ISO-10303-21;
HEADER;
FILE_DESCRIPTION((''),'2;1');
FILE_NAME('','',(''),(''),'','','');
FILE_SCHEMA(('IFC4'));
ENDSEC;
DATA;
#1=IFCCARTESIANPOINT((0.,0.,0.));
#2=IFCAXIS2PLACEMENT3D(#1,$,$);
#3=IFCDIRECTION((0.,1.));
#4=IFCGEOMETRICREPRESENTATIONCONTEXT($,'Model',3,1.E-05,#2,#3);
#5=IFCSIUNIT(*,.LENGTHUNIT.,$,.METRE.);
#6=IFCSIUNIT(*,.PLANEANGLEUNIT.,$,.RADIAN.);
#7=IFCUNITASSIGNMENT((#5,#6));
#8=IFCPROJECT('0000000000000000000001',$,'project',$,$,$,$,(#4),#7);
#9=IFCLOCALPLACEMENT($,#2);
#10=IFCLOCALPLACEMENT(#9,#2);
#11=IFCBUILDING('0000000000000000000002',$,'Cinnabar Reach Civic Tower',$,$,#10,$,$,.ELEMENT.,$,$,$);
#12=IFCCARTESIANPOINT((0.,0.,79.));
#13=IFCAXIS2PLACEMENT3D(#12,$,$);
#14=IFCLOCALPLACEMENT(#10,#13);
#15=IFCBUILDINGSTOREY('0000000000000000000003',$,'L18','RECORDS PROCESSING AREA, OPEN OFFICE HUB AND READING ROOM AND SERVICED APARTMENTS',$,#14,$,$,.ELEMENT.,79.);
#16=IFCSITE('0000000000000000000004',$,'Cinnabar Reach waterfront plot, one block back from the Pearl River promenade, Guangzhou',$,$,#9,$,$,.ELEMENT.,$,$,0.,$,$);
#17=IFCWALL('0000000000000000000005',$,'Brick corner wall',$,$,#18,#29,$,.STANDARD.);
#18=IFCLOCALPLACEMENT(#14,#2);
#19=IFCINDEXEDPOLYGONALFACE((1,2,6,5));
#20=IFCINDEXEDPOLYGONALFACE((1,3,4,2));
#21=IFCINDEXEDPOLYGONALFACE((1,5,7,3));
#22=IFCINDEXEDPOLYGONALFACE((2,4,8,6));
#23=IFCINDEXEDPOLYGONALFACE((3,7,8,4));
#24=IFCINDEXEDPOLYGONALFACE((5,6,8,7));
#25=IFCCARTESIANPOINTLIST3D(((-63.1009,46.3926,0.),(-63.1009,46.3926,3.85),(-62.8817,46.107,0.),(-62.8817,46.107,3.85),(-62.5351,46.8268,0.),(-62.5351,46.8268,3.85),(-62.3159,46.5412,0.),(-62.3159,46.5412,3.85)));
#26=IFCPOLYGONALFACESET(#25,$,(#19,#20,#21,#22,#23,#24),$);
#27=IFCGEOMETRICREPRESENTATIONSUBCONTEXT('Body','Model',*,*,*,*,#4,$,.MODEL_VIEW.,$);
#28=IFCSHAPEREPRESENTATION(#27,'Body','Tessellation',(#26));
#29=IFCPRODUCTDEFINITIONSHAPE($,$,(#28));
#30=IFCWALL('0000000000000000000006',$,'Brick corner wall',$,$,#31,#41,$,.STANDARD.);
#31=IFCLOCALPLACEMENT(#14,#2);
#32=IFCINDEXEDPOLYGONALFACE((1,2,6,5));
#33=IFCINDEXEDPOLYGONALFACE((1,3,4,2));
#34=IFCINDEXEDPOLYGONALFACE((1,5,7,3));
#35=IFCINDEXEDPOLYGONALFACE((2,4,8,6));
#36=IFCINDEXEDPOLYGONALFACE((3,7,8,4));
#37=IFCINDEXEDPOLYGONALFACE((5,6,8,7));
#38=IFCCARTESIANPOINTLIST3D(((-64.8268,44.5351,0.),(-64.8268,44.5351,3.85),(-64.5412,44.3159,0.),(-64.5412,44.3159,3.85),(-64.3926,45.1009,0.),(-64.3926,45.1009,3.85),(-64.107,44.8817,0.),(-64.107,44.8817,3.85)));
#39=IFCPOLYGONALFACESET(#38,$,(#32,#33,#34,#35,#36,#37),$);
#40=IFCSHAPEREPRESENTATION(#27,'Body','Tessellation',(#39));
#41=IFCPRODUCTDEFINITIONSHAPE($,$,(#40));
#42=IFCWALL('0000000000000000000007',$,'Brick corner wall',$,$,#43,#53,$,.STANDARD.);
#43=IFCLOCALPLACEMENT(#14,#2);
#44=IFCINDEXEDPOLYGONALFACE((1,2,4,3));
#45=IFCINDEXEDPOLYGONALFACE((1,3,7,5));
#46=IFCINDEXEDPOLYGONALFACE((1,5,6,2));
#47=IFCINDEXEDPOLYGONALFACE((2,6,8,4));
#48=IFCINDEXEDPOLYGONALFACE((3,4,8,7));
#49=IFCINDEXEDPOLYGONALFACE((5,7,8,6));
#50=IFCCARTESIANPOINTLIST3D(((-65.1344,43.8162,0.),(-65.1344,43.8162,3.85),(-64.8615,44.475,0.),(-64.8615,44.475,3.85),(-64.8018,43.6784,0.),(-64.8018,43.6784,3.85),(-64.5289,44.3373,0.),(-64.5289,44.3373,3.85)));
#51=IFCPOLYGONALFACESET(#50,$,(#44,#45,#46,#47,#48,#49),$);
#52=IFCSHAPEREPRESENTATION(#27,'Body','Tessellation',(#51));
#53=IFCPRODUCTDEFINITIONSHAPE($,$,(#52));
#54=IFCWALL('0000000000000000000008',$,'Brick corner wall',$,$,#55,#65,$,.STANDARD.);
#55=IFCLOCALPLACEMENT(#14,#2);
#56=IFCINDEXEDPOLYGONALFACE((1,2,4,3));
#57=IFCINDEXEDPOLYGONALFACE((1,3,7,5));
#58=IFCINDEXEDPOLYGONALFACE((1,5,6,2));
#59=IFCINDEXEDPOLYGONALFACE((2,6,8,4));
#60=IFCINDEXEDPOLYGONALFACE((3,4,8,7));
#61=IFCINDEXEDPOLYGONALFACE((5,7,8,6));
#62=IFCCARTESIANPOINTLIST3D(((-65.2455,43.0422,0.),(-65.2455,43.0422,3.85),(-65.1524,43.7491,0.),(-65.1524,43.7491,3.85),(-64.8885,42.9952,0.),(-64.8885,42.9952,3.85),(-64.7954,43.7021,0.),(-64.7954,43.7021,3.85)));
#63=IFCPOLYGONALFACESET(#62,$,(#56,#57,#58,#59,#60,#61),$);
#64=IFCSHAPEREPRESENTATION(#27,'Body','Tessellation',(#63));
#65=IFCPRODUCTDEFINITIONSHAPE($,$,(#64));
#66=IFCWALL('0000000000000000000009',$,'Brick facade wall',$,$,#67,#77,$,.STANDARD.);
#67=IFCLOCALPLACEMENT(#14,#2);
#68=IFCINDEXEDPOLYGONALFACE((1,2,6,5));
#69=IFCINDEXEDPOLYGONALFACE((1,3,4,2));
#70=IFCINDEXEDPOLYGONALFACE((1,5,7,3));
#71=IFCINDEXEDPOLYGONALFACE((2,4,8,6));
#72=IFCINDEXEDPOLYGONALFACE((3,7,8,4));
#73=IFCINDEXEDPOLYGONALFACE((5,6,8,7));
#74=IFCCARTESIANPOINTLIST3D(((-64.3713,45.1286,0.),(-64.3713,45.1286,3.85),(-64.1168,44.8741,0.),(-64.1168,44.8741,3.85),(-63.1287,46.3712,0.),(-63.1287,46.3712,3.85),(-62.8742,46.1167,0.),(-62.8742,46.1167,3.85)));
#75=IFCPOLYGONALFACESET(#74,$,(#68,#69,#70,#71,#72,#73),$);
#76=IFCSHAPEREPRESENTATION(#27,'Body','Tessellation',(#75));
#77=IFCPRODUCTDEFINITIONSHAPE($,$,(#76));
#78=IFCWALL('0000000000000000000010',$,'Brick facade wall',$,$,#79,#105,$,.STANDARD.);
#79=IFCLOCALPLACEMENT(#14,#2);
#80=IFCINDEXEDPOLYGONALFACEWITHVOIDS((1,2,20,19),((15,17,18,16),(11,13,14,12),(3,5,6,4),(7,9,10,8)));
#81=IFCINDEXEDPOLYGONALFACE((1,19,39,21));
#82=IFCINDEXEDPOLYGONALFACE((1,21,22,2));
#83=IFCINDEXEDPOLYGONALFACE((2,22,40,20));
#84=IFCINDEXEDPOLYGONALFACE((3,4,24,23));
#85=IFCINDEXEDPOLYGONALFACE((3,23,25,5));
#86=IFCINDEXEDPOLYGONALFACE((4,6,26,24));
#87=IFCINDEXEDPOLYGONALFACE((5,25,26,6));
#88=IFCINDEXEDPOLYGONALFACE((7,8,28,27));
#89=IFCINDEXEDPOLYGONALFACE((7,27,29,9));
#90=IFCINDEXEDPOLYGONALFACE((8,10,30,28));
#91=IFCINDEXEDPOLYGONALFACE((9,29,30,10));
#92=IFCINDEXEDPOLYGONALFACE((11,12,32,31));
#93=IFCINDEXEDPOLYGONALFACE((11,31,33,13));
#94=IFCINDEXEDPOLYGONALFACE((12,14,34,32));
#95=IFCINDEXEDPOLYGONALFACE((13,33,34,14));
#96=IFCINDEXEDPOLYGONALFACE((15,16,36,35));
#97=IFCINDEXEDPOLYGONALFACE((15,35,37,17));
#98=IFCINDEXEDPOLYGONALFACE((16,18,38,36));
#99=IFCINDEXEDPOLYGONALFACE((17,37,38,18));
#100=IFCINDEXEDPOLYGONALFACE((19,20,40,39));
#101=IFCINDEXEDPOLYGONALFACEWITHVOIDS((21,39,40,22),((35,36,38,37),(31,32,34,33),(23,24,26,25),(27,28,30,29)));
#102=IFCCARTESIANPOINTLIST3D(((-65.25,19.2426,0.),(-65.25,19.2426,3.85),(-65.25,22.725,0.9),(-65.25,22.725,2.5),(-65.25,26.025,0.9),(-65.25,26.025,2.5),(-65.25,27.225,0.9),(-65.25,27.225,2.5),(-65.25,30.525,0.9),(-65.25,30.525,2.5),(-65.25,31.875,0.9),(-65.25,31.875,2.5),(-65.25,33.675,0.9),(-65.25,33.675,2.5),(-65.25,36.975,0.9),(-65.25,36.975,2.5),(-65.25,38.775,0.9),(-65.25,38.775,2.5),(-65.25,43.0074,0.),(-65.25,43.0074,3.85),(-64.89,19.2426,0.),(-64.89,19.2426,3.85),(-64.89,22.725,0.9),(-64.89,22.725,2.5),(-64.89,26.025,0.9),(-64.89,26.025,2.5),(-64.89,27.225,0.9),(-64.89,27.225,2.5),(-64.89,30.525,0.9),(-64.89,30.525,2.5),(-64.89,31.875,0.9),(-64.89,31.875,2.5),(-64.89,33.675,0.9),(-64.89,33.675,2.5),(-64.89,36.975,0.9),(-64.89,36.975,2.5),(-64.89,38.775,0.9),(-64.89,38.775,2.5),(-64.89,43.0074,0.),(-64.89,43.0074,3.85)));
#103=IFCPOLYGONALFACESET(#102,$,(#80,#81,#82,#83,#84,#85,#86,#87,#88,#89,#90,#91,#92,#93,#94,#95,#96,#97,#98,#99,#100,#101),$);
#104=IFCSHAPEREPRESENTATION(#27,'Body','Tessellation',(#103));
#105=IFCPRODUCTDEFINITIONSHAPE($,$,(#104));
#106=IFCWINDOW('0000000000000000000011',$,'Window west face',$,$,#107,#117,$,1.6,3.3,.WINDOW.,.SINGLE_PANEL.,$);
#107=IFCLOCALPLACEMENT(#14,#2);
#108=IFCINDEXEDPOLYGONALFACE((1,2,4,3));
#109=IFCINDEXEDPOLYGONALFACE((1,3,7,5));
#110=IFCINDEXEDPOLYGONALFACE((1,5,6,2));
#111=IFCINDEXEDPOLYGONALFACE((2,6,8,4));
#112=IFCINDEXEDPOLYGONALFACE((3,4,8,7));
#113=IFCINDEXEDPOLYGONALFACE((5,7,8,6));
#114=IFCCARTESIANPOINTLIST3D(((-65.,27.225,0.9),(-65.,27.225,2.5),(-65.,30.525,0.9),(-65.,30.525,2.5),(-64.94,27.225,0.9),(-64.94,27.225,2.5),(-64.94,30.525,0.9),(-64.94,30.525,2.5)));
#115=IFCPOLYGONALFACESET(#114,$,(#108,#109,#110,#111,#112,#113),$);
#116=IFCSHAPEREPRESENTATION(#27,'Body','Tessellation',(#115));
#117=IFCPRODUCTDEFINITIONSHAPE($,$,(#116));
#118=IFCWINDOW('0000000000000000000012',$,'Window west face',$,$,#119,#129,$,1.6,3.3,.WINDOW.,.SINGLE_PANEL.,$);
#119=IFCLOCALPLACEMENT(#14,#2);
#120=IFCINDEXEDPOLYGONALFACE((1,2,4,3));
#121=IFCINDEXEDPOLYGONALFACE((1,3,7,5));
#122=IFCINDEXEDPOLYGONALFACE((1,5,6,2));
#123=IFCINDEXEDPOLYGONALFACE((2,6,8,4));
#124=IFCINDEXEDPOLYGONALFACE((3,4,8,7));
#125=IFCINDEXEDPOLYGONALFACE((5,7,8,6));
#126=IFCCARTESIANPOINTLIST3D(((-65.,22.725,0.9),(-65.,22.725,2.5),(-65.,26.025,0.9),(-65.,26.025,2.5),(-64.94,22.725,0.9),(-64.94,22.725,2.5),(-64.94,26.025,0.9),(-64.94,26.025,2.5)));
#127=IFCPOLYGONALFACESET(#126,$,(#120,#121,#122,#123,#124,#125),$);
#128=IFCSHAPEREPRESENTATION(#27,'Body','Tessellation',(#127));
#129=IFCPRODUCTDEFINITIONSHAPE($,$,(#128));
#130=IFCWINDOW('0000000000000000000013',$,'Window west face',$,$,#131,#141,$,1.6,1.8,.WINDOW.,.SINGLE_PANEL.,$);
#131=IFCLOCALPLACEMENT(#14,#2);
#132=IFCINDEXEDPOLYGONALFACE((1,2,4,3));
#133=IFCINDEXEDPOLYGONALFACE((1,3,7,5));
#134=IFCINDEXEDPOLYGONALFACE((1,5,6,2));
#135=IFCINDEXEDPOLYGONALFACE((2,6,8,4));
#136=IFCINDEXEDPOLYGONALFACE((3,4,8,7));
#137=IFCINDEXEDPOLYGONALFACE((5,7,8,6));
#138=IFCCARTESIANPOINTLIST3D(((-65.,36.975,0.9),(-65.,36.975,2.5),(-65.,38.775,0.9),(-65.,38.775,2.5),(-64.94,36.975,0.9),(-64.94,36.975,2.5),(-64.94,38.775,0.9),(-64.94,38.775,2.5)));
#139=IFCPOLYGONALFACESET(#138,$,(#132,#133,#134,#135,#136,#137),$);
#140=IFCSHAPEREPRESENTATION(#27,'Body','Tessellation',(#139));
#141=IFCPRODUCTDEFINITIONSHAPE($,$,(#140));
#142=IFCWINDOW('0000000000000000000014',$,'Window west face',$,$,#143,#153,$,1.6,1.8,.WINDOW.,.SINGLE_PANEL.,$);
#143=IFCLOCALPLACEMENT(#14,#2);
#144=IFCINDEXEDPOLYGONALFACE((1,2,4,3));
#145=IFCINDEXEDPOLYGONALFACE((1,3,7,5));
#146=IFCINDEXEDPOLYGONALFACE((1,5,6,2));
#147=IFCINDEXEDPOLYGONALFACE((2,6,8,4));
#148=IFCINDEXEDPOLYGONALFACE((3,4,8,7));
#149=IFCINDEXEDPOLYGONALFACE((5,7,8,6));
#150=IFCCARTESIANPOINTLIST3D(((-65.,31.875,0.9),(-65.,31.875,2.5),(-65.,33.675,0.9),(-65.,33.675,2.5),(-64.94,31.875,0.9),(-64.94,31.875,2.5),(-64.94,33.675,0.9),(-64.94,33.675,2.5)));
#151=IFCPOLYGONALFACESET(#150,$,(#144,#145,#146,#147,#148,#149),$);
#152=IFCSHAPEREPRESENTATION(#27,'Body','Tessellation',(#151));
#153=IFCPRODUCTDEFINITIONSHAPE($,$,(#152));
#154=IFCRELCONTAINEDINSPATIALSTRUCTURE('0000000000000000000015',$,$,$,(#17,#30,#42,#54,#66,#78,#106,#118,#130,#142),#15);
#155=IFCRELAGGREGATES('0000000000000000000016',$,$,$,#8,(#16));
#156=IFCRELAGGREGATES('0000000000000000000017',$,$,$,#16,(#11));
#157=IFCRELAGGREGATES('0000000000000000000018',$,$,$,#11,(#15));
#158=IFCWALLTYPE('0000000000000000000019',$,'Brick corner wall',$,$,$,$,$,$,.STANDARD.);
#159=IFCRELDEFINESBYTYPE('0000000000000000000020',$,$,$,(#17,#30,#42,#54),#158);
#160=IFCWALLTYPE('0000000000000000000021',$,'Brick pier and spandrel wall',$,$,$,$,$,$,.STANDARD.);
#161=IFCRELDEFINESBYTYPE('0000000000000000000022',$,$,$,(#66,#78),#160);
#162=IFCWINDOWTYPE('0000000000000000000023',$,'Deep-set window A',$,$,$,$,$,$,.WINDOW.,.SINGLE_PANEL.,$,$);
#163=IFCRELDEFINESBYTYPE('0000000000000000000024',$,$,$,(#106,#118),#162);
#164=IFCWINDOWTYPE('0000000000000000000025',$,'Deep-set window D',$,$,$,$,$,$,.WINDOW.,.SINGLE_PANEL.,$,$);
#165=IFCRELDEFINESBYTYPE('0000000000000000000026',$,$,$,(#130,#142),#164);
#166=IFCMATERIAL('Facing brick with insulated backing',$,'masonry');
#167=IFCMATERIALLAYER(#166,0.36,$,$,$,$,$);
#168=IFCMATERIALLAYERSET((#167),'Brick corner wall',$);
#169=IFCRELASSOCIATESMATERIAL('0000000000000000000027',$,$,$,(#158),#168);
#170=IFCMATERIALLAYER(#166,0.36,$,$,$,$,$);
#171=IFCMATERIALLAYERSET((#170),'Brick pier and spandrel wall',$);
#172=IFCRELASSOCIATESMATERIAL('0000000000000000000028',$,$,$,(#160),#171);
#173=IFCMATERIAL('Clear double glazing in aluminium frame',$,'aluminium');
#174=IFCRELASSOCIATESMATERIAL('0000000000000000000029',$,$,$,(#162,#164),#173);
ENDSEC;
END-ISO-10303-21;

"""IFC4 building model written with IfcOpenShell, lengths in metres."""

from ifc_helpers import new_model, si_unit, direction, frame, frame_2d, origin, place, context, subcontext, project, spatial, rectangle, extrude, material, layer, layer_set, type_object, element, fill, save


model = new_model("IFC4")

# Units and contexts
model_context = context("Model", 3, precision=1e-05, world=origin(), true_north=direction((0.0, 1.0)))
body_context = subcontext(model_context, "Body", "Model", "MODEL_VIEW")
ifc_project = project(units=[si_unit("LENGTHUNIT", "METRE"), si_unit("PLANEANGLEUNIT", "RADIAN")], contexts=[model_context])

# Site, building, storey
site_placement = place(None, origin())
site = spatial("IfcSite", under=ifc_project, at=site_placement, Name="Cinnabar Reach waterfront plot, one block back from the Pearl River promenade, Guangzhou", CompositionType="ELEMENT", RefElevation=0.0)
building_placement = place(site_placement, origin())
building = spatial("IfcBuilding", under=site, at=building_placement, Name="Cinnabar Reach Civic Tower", CompositionType="ELEMENT")
storey_placement = place(building_placement, frame((0.0, 0.0, 79.0)))
storey = spatial("IfcBuildingStorey", under=building, at=storey_placement, Name="L18", Description="RECORDS PROCESSING AREA, OPEN OFFICE HUB AND READING ROOM AND SERVICED APARTMENTS", CompositionType="ELEMENT", Elevation=79.0)

# Walls
ifc_material_1 = material(Name="Facing brick with insulated backing", Category="masonry")
ifc_layer_1 = layer(ifc_material_1, 0.36)
ifc_layer_set_1 = layer_set([ifc_layer_1], Name="Brick corner wall")
wall_type_1 = type_object("IfcWallType", Name="Brick corner wall", PredefinedType="STANDARD", material=ifc_layer_set_1)
for number, where, z_axis, x_axis, name in (
    (1, (-62.4255, 46.684, 0.0), (0.0, 0.0, 1.0), (-0.793322, -0.608802, 0.0), "Brick corner wall"),
    (2, (-64.2498, 44.9913, 0.0), (0.0, 0.0, 1.0), (-0.608802, -0.793322, 0.0), "Brick corner wall"),
):
    element("IfcWall", number, at=place(storey_placement, frame(where, z_axis=z_axis, x_axis=x_axis)), inside=storey, type_object=wall_type_1, Name=name, PredefinedType="STANDARD", context=body_context, shape_type="SweptSolid", body=[
        extrude(rectangle(XDim=0.7132, YDim=0.36, at=frame_2d((0.3566, 0.0))), origin(), (0.0, 0.0, 1.0), 3.85),
    ])
for number, where, z_axis, x_axis, name in (
    (3, (-64.6952, 44.4061, 0.0), (0.0, 0.0, 1.0), (-0.382703, -0.923872, 0.0), "Brick corner wall"),
    (4, (-64.9739, 43.7256, 0.0), (0.0, 0.0, 1.0), (-0.130556, -0.991441, 0.0), "Brick corner wall"),
):
    element("IfcWall", number, at=place(storey_placement, frame(where, z_axis=z_axis, x_axis=x_axis)), inside=storey, type_object=wall_type_1, Name=name, PredefinedType="STANDARD", context=body_context, shape_type="SweptSolid", body=[
        extrude(rectangle(XDim=0.7131, YDim=0.36, at=frame_2d((0.3565, 0.0))), origin(), (0.0, 0.0, 1.0), 3.85),
    ])
ifc_layer_2 = layer(ifc_material_1, 0.36)
ifc_layer_set_2 = layer_set([ifc_layer_2], Name="Brick pier and spandrel wall")
wall_type_2 = type_object("IfcWallType", Name="Brick pier and spandrel wall", PredefinedType="STANDARD", material=ifc_layer_set_2)
wall_1_placement = place(storey_placement, frame((-63.0014, 46.244, 0.0), z_axis=(0.0, 0.0, 1.0), x_axis=(-0.707107, -0.707107, 0.0)))
element("IfcWall", 5, at=wall_1_placement, inside=storey, type_object=wall_type_2, Name="Brick facade wall", PredefinedType="STANDARD", context=body_context, shape_type="SweptSolid", body=[
    extrude(rectangle(XDim=1.7573, YDim=0.36, at=frame_2d((0.8787, 0.0))), origin(), (0.0, 0.0, 1.0), 3.85),
])

# Wall, openings, windows
wall_2_placement = place(storey_placement, frame((-65.07, 43.0074, 0.0), z_axis=(0.0, 0.0, 1.0), x_axis=(0.0, -1.0, 0.0)))
wall_2 = element("IfcWall", 6, at=wall_2_placement, inside=storey, type_object=wall_type_2, Name="Brick facade wall", PredefinedType="STANDARD", context=body_context, shape_type="SweptSolid", body=[
    extrude(rectangle(XDim=23.7648, YDim=0.36, at=frame_2d((11.8824, 0.0))), origin(), (0.0, 0.0, 1.0), 3.85),
])
opening_1_placement = place(wall_2_placement, frame((4.2324, 0.0, 0.9)))
opening_1 = element("IfcOpeningElement", 7, at=opening_1_placement, cuts=wall_2, PredefinedType="OPENING", context=body_context, shape_type="SweptSolid", body=[
    extrude(rectangle(XDim=1.8, YDim=1.6, at=frame_2d((0.9, 0.8))), frame((0.0, 0.19, 0.0), z_axis=(0.0, -1.0, 0.0), x_axis=(1.0, 0.0, 0.0)), (0.0, 0.0, 1.0), 0.38),
])
opening_2_placement = place(wall_2_placement, frame((9.3324, 0.0, 0.9)))
opening_2 = element("IfcOpeningElement", 8, at=opening_2_placement, cuts=wall_2, PredefinedType="OPENING", context=body_context, shape_type="SweptSolid", body=[
    extrude(rectangle(XDim=1.8, YDim=1.6, at=frame_2d((0.9, 0.8))), frame((0.0, 0.19, 0.0), z_axis=(0.0, -1.0, 0.0), x_axis=(1.0, 0.0, 0.0)), (0.0, 0.0, 1.0), 0.38),
])
opening_3_placement = place(wall_2_placement, frame((12.4824, 0.0, 0.9)))
opening_3 = element("IfcOpeningElement", 9, at=opening_3_placement, cuts=wall_2, PredefinedType="OPENING", context=body_context, shape_type="SweptSolid", body=[
    extrude(rectangle(XDim=3.3, YDim=1.6, at=frame_2d((1.65, 0.8))), frame((0.0, 0.19, 0.0), z_axis=(0.0, -1.0, 0.0), x_axis=(1.0, 0.0, 0.0)), (0.0, 0.0, 1.0), 0.38),
])
opening_4_placement = place(wall_2_placement, frame((16.9824, 0.0, 0.9)))
opening_4 = element("IfcOpeningElement", 10, at=opening_4_placement, cuts=wall_2, PredefinedType="OPENING", context=body_context, shape_type="SweptSolid", body=[
    extrude(rectangle(XDim=3.3, YDim=1.6, at=frame_2d((1.65, 0.8))), frame((0.0, 0.19, 0.0), z_axis=(0.0, -1.0, 0.0), x_axis=(1.0, 0.0, 0.0)), (0.0, 0.0, 1.0), 0.38),
])
ifc_material_2 = material(Name="Clear double glazing in aluminium frame", Category="aluminium")
window_type_1 = type_object("IfcWindowType", Name="Deep-set window A", PartitioningType="SINGLE_PANEL", PredefinedType="WINDOW", material=ifc_material_2)
window_1_placement = place(opening_3_placement, origin())
window_1 = element("IfcWindow", 11, at=window_1_placement, inside=storey, type_object=window_type_1, Name="Window west face", OverallHeight=1.6, OverallWidth=3.3, PartitioningType="SINGLE_PANEL", PredefinedType="WINDOW", context=body_context, shape_type="SweptSolid", body=[
    extrude(rectangle(XDim=3.3, YDim=1.6, at=frame_2d((1.65, 0.8))), frame((0.0, 0.13, 0.0), z_axis=(0.0, -1.0, 0.0), x_axis=(1.0, 0.0, 0.0)), (0.0, 0.0, 1.0), 0.06),
])
fill(opening_3, window_1)
window_2_placement = place(opening_4_placement, origin())
window_2 = element("IfcWindow", 12, at=window_2_placement, inside=storey, type_object=window_type_1, Name="Window west face", OverallHeight=1.6, OverallWidth=3.3, PartitioningType="SINGLE_PANEL", PredefinedType="WINDOW", context=body_context, shape_type="SweptSolid", body=[
    extrude(rectangle(XDim=3.3, YDim=1.6, at=frame_2d((1.65, 0.8))), frame((0.0, 0.13, 0.0), z_axis=(0.0, -1.0, 0.0), x_axis=(1.0, 0.0, 0.0)), (0.0, 0.0, 1.0), 0.06),
])
fill(opening_4, window_2)
window_type_2 = type_object("IfcWindowType", Name="Deep-set window D", PartitioningType="SINGLE_PANEL", PredefinedType="WINDOW", material=ifc_material_2)
window_3_placement = place(opening_1_placement, origin())
window_3 = element("IfcWindow", 13, at=window_3_placement, inside=storey, type_object=window_type_2, Name="Window west face", OverallHeight=1.6, OverallWidth=1.8, PartitioningType="SINGLE_PANEL", PredefinedType="WINDOW", context=body_context, shape_type="SweptSolid", body=[
    extrude(rectangle(XDim=1.8, YDim=1.6, at=frame_2d((0.9, 0.8))), frame((0.0, 0.13, 0.0), z_axis=(0.0, -1.0, 0.0), x_axis=(1.0, 0.0, 0.0)), (0.0, 0.0, 1.0), 0.06),
])
fill(opening_1, window_3)
window_4_placement = place(opening_2_placement, origin())
window_4 = element("IfcWindow", 14, at=window_4_placement, inside=storey, type_object=window_type_2, Name="Window west face", OverallHeight=1.6, OverallWidth=1.8, PartitioningType="SINGLE_PANEL", PredefinedType="WINDOW", context=body_context, shape_type="SweptSolid", body=[
    extrude(rectangle(XDim=1.8, YDim=1.6, at=frame_2d((0.9, 0.8))), frame((0.0, 0.13, 0.0), z_axis=(0.0, -1.0, 0.0), x_axis=(1.0, 0.0, 0.0)), (0.0, 0.0, 1.0), 0.06),
])
fill(opening_2, window_4)

save(model, "model.ifc")
